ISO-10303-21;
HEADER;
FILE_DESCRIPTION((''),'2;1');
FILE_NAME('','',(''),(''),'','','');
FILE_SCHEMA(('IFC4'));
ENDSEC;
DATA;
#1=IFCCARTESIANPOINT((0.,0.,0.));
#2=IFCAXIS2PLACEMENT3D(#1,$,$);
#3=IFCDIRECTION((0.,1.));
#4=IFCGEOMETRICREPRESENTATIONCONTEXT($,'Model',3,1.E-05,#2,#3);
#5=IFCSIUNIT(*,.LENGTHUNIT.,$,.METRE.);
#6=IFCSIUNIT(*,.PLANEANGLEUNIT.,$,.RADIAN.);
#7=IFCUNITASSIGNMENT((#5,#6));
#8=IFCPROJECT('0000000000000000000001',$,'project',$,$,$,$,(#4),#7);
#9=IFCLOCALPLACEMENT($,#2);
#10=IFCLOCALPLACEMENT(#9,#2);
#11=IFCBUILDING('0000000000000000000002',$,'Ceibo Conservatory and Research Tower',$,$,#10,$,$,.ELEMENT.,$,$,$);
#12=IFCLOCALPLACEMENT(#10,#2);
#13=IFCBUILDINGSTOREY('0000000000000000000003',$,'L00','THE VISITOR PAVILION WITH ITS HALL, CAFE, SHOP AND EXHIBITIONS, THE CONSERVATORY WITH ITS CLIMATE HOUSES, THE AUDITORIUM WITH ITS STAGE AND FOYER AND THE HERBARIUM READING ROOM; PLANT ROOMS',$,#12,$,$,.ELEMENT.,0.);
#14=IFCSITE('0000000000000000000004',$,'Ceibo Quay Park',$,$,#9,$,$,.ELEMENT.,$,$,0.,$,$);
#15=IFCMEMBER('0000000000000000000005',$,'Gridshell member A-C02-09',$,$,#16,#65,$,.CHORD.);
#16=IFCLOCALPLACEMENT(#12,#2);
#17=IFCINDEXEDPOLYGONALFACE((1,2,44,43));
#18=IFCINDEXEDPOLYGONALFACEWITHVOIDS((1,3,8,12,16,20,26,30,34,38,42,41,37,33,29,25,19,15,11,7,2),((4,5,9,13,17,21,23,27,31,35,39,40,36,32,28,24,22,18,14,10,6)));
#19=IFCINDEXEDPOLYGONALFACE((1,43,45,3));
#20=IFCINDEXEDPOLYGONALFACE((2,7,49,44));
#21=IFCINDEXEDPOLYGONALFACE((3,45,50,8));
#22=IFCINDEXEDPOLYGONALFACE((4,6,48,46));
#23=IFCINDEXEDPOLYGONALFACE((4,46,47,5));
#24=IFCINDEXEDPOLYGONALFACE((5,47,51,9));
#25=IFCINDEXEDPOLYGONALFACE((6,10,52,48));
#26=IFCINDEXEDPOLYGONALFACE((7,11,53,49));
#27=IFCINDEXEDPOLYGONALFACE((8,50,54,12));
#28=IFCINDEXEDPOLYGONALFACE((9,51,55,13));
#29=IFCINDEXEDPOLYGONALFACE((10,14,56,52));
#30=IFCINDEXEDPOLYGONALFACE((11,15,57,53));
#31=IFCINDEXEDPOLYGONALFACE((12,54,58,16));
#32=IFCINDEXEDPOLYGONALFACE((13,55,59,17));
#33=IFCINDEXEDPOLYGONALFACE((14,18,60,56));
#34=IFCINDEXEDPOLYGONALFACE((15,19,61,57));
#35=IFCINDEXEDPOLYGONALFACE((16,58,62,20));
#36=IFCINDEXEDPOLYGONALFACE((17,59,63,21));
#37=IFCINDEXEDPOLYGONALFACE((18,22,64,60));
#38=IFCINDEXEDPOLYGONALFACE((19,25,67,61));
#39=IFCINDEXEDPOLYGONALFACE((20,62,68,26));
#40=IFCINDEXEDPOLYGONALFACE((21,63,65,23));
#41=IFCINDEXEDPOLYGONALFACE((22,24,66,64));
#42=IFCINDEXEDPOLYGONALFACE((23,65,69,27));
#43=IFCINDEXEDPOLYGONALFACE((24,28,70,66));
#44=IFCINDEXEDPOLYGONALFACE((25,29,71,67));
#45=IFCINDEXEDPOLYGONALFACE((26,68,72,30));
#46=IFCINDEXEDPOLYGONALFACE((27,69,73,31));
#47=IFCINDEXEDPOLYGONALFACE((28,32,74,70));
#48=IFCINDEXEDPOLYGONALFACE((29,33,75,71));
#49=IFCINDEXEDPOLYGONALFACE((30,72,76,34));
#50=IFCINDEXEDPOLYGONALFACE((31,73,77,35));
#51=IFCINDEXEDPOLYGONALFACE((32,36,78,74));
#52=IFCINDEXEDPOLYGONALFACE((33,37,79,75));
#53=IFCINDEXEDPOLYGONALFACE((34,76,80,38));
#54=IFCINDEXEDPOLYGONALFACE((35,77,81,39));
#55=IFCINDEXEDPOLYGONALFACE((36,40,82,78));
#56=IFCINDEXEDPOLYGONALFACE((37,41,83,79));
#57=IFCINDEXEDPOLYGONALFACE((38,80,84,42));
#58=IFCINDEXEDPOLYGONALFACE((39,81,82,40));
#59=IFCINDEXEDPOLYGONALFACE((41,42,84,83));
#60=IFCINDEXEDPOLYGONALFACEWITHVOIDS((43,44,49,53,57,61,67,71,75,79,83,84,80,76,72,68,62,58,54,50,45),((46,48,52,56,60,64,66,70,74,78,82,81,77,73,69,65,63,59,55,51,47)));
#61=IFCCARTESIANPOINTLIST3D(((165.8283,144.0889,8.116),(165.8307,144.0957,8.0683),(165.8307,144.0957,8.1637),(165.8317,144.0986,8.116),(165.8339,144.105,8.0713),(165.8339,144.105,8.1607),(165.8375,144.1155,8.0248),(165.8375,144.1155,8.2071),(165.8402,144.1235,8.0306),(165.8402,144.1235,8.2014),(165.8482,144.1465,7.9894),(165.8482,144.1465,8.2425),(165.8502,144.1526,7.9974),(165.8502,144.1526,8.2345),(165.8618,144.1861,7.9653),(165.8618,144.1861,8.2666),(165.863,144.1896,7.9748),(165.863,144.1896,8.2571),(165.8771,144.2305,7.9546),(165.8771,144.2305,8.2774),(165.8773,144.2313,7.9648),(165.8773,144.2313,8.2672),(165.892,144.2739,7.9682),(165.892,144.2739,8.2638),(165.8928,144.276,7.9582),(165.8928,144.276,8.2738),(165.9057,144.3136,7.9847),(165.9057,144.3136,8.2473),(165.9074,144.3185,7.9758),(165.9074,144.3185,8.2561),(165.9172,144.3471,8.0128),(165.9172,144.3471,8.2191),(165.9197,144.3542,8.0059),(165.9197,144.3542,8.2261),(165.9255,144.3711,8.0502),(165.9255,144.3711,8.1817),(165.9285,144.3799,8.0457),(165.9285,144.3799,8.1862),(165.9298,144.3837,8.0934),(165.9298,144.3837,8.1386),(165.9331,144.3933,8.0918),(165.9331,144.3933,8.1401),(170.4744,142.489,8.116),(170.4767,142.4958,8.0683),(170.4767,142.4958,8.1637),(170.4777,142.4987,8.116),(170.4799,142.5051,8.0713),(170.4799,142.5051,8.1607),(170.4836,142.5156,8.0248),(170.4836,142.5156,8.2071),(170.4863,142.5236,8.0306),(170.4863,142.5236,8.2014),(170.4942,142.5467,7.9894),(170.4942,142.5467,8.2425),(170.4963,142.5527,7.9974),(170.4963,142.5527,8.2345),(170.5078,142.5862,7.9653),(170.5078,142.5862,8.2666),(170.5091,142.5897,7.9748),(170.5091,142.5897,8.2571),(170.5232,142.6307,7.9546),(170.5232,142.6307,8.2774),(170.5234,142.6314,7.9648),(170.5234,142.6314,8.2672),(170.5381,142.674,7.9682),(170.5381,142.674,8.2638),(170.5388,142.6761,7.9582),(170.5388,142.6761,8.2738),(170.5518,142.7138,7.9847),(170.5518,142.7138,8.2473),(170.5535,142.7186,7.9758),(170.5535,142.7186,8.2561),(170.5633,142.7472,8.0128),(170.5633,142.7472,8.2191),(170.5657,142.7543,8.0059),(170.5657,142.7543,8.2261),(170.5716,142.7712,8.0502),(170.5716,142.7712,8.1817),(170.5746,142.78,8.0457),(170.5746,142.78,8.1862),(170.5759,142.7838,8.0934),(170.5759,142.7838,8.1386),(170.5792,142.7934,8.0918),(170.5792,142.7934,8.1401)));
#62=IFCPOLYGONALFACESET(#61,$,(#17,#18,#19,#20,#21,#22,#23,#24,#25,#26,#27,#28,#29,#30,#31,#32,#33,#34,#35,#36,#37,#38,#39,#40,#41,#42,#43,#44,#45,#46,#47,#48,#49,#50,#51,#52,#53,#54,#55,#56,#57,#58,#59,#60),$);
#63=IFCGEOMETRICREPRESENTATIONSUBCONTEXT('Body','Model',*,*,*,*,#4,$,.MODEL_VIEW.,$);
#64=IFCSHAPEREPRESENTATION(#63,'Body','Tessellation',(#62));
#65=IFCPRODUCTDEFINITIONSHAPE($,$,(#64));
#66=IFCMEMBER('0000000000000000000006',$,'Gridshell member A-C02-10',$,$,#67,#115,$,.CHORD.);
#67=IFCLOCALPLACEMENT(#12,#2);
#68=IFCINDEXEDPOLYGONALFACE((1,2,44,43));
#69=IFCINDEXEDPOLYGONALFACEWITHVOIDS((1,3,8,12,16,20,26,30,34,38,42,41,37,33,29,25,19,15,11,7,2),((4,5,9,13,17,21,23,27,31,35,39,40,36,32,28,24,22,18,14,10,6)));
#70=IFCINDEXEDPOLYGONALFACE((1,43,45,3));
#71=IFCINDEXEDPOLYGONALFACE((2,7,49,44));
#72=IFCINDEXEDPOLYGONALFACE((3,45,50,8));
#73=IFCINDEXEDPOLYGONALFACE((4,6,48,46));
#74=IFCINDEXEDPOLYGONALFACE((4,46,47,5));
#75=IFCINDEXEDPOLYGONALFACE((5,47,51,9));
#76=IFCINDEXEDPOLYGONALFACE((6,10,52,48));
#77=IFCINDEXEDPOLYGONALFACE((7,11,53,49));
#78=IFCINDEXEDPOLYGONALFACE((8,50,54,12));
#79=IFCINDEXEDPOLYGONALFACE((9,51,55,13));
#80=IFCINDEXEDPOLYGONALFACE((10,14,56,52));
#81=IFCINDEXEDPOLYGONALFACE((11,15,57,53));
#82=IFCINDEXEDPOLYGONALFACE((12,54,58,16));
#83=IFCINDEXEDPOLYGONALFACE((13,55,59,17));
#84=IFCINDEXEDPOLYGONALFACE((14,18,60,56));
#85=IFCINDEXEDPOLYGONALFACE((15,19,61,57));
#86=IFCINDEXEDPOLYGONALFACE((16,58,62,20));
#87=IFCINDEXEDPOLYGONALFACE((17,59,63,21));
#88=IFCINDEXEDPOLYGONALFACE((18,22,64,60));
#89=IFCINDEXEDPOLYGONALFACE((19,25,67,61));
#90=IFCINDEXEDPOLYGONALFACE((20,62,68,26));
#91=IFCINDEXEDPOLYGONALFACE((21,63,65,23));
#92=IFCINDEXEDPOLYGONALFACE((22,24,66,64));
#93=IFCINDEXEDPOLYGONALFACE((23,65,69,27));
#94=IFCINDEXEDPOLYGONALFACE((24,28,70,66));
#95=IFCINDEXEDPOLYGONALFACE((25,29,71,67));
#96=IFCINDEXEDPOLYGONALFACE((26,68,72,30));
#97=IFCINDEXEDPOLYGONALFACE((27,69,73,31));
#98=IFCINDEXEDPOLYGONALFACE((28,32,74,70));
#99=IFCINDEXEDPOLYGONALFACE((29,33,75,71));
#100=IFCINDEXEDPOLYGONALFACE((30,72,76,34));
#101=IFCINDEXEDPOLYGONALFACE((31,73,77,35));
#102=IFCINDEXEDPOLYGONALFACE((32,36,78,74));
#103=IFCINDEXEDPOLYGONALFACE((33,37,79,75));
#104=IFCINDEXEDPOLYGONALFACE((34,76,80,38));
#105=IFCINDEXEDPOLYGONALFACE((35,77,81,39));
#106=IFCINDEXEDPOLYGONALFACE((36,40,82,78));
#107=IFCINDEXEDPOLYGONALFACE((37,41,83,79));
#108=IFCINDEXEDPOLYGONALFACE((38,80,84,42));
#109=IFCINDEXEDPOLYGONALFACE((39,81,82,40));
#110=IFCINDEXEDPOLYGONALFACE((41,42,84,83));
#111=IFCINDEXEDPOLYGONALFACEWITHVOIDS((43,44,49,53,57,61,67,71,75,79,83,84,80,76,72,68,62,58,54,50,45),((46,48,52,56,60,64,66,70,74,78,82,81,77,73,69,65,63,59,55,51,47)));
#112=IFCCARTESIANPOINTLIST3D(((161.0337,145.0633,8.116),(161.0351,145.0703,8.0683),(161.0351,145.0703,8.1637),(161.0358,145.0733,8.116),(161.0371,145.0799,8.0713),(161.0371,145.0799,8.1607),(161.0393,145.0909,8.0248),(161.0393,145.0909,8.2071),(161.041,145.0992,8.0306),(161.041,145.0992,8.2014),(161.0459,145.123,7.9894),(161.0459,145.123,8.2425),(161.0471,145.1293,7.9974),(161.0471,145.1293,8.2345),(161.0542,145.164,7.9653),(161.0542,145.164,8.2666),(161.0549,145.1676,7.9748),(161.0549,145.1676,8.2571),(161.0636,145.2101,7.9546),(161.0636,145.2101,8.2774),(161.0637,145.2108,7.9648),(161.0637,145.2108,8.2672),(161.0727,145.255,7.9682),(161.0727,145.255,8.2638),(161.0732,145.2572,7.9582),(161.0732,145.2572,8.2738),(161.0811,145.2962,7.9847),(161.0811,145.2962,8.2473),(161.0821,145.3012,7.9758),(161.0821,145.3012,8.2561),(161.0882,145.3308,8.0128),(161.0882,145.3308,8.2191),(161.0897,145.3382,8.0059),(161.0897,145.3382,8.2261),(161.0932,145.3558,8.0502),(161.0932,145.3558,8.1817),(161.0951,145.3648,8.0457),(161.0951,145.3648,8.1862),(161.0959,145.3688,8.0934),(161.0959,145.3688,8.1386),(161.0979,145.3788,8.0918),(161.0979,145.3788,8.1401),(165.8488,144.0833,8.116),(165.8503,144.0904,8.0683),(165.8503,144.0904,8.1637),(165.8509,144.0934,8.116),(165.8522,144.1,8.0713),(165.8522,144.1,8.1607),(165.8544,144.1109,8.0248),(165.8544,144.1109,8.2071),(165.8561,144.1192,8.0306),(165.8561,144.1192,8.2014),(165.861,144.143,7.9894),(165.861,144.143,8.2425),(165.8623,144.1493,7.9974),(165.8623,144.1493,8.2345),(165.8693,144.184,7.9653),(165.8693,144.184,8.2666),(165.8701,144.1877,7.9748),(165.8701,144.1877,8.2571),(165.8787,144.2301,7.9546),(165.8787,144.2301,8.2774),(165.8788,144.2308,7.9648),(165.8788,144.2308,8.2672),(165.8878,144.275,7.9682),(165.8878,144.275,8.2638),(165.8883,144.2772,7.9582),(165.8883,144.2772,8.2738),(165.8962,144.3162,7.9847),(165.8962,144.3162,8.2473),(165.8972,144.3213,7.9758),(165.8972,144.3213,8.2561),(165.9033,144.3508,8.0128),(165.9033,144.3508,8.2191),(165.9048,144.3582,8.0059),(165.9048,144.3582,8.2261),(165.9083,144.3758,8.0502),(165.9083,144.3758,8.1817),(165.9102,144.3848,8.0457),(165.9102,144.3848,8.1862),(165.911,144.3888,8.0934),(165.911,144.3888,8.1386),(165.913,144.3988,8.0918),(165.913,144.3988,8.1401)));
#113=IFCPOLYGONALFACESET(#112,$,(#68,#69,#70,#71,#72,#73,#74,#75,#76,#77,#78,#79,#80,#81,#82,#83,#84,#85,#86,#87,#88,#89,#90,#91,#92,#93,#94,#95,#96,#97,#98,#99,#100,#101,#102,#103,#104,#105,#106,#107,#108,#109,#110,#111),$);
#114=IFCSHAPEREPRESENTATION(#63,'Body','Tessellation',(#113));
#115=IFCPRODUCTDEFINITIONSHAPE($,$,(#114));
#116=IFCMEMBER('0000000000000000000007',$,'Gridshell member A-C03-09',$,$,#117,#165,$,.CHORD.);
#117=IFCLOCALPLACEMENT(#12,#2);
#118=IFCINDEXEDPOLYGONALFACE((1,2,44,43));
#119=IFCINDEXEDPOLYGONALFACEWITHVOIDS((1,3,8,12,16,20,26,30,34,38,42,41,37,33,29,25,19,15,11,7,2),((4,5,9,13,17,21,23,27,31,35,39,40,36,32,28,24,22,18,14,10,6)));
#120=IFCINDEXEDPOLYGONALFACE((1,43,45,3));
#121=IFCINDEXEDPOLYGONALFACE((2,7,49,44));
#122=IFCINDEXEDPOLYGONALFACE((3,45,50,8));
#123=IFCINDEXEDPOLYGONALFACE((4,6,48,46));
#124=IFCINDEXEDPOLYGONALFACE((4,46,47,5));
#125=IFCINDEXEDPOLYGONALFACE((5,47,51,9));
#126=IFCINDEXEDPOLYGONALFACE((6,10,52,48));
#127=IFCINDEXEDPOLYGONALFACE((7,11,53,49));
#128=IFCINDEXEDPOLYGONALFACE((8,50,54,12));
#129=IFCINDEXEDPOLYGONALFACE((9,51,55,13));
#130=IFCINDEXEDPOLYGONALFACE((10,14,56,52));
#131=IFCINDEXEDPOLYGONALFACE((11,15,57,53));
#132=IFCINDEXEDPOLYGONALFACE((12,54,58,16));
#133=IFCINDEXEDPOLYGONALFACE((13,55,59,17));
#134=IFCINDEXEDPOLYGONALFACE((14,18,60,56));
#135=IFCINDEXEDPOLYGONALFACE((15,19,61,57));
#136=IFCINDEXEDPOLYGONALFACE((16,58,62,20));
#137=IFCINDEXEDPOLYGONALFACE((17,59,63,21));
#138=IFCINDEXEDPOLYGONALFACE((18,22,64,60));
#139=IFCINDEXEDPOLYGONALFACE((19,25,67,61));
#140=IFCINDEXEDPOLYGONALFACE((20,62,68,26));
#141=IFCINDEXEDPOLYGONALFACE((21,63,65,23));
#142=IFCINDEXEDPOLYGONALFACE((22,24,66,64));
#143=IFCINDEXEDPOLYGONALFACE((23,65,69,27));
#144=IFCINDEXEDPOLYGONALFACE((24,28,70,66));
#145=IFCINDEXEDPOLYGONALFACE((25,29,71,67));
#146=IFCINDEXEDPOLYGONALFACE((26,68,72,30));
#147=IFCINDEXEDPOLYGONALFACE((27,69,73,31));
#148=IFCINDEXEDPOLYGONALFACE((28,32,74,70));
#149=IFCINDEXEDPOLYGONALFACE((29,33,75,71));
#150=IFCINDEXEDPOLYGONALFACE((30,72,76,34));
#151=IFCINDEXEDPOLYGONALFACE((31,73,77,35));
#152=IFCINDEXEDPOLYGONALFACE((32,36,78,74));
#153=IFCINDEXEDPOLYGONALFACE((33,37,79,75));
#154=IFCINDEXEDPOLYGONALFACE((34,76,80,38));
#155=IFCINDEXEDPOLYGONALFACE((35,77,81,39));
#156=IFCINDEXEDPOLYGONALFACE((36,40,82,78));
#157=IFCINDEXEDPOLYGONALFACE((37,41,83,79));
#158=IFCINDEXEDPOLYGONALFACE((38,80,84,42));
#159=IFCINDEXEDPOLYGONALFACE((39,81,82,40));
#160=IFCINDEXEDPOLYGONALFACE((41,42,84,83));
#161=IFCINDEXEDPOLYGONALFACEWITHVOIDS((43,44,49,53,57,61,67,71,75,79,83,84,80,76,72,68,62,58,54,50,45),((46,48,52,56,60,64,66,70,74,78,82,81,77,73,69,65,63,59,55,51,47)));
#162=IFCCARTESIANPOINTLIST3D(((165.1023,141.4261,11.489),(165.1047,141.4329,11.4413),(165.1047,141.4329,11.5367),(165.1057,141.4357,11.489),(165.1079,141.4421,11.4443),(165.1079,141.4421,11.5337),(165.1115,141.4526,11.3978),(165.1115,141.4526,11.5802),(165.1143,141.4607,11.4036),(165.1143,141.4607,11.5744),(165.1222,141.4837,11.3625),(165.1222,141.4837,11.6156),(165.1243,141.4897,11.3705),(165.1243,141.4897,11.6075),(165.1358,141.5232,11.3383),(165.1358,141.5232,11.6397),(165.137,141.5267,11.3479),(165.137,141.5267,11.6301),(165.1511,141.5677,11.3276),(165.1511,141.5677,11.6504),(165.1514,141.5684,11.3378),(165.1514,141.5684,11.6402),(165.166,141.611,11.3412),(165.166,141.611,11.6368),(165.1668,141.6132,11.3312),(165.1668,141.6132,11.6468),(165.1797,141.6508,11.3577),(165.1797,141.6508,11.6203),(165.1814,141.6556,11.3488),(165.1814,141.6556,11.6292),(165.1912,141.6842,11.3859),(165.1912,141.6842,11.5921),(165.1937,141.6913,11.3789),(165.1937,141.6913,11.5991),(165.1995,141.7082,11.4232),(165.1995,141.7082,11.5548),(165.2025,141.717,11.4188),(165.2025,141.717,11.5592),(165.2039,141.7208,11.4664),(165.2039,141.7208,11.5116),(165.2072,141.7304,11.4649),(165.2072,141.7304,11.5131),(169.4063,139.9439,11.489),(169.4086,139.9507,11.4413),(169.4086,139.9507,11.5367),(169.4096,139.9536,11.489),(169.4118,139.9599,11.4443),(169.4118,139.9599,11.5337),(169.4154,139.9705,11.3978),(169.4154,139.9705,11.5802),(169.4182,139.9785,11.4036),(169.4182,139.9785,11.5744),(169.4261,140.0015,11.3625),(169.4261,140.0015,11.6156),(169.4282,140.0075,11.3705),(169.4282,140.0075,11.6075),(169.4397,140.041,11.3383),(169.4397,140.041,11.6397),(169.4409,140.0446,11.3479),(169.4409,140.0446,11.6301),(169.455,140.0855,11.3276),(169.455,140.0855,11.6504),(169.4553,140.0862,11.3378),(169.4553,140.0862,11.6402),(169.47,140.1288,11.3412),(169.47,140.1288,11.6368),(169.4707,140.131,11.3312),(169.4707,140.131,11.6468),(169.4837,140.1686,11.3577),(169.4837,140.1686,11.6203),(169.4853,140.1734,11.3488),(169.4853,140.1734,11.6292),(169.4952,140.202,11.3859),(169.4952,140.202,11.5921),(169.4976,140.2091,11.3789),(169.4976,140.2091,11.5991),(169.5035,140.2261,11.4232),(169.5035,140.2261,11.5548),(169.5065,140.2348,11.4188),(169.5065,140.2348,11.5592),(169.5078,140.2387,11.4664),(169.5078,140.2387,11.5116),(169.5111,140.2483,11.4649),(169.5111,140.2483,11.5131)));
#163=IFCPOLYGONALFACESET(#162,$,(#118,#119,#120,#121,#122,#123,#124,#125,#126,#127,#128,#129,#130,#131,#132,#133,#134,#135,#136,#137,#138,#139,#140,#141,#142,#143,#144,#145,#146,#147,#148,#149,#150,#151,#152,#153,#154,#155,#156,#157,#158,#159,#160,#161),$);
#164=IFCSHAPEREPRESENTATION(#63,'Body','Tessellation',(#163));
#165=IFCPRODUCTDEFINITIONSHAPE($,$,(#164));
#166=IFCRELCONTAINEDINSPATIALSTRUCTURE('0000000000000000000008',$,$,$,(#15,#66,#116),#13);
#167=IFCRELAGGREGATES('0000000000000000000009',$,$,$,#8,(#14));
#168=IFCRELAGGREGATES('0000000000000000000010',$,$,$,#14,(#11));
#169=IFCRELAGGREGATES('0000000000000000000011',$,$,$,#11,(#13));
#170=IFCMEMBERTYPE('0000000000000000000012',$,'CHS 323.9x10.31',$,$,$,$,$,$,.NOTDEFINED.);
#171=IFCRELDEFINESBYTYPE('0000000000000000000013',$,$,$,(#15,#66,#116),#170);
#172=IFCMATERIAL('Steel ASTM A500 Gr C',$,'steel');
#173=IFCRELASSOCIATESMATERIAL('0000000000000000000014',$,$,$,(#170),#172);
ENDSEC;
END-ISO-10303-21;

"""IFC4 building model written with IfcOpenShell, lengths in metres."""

from ifc_helpers import new_model, si_unit, direction, frame, origin, origin_2d, place, context, subcontext, project, spatial, hollow_circle, extrude, material, material_profile, profile_set, type_object, element, save


model = new_model("IFC4")

# Units and contexts
model_context = context("Model", 3, precision=1e-05, world=origin(), true_north=direction((0.0, 1.0)))
body_context = subcontext(model_context, "Body", "Model", "MODEL_VIEW")
ifc_project = project(units=[si_unit("LENGTHUNIT", "METRE"), si_unit("PLANEANGLEUNIT", "RADIAN")], contexts=[model_context])

# Site, building, storey
site_placement = place(None, origin())
site = spatial("IfcSite", under=ifc_project, at=site_placement, Name="Ceibo Quay Park", CompositionType="ELEMENT", RefElevation=0.0)
building_placement = place(site_placement, origin())
building = spatial("IfcBuilding", under=site, at=building_placement, Name="Ceibo Conservatory and Research Tower", CompositionType="ELEMENT")
storey_placement = place(building_placement, origin())
storey = spatial("IfcBuildingStorey", under=building, at=storey_placement, Name="L00", Description="THE VISITOR PAVILION WITH ITS HALL, CAFE, SHOP AND EXHIBITIONS, THE CONSERVATORY WITH ITS CLIMATE HOUSES, THE AUDITORIUM WITH ITS STAGE AND FOYER AND THE HERBARIUM READING ROOM; PLANT ROOMS", CompositionType="ELEMENT", Elevation=0.0)

# Members
ifc_material_1 = material(Name="Steel ASTM A500 Gr C", Category="steel")
ifc_material_profile_1 = material_profile(ifc_material_1, hollow_circle(Radius=0.1619, WallThickness=0.0103, at=origin_2d()), Name="CHS 323.9x10.31")
ifc_profile_set_1 = profile_set([ifc_material_profile_1], Name="Steel ASTM A500 Gr C")
member_type_1 = type_object("IfcMemberType", Name="CHS 323.9x10.31", PredefinedType="NOTDEFINED", material=ifc_profile_set_1)
for number, where, z_axis, x_axis, name in (
    (1, (170.5271, 142.6421, 8.116), (-0.945512, 0.325588, 0.0), (-0.325588, -0.945512, 0.0), "Gridshell member A-C02-09"),
    (2, (165.8811, 144.2419, 8.116), (-0.979912, 0.19943, 0.0), (-0.19943, -0.979912, 0.0), "Gridshell member A-C02-10"),
):
    element("IfcMember", number, at=place(storey_placement, frame(where, z_axis=z_axis, x_axis=x_axis)), inside=storey, type_object=member_type_1, Name=name, PredefinedType="CHORD", context=body_context, shape_type="SweptSolid", body=[
        extrude(hollow_circle(Radius=0.1619, WallThickness=0.0103, at=origin_2d()), origin(), (0.0, 0.0, 1.0), 4.9138),
    ])
member_1_placement = place(storey_placement, frame((169.459, 140.0969, 11.489), z_axis=(-0.945505, 0.325609, 0.0), x_axis=(-0.325609, -0.945505, 0.0)))
element("IfcMember", 3, at=member_1_placement, inside=storey, type_object=member_type_1, Name="Gridshell member A-C03-09", PredefinedType="CHORD", context=body_context, shape_type="SweptSolid", body=[
    extrude(hollow_circle(Radius=0.1619, WallThickness=0.0103, at=origin_2d()), origin(), (0.0, 0.0, 1.0), 4.552),
])

save(model, "model.ifc")
